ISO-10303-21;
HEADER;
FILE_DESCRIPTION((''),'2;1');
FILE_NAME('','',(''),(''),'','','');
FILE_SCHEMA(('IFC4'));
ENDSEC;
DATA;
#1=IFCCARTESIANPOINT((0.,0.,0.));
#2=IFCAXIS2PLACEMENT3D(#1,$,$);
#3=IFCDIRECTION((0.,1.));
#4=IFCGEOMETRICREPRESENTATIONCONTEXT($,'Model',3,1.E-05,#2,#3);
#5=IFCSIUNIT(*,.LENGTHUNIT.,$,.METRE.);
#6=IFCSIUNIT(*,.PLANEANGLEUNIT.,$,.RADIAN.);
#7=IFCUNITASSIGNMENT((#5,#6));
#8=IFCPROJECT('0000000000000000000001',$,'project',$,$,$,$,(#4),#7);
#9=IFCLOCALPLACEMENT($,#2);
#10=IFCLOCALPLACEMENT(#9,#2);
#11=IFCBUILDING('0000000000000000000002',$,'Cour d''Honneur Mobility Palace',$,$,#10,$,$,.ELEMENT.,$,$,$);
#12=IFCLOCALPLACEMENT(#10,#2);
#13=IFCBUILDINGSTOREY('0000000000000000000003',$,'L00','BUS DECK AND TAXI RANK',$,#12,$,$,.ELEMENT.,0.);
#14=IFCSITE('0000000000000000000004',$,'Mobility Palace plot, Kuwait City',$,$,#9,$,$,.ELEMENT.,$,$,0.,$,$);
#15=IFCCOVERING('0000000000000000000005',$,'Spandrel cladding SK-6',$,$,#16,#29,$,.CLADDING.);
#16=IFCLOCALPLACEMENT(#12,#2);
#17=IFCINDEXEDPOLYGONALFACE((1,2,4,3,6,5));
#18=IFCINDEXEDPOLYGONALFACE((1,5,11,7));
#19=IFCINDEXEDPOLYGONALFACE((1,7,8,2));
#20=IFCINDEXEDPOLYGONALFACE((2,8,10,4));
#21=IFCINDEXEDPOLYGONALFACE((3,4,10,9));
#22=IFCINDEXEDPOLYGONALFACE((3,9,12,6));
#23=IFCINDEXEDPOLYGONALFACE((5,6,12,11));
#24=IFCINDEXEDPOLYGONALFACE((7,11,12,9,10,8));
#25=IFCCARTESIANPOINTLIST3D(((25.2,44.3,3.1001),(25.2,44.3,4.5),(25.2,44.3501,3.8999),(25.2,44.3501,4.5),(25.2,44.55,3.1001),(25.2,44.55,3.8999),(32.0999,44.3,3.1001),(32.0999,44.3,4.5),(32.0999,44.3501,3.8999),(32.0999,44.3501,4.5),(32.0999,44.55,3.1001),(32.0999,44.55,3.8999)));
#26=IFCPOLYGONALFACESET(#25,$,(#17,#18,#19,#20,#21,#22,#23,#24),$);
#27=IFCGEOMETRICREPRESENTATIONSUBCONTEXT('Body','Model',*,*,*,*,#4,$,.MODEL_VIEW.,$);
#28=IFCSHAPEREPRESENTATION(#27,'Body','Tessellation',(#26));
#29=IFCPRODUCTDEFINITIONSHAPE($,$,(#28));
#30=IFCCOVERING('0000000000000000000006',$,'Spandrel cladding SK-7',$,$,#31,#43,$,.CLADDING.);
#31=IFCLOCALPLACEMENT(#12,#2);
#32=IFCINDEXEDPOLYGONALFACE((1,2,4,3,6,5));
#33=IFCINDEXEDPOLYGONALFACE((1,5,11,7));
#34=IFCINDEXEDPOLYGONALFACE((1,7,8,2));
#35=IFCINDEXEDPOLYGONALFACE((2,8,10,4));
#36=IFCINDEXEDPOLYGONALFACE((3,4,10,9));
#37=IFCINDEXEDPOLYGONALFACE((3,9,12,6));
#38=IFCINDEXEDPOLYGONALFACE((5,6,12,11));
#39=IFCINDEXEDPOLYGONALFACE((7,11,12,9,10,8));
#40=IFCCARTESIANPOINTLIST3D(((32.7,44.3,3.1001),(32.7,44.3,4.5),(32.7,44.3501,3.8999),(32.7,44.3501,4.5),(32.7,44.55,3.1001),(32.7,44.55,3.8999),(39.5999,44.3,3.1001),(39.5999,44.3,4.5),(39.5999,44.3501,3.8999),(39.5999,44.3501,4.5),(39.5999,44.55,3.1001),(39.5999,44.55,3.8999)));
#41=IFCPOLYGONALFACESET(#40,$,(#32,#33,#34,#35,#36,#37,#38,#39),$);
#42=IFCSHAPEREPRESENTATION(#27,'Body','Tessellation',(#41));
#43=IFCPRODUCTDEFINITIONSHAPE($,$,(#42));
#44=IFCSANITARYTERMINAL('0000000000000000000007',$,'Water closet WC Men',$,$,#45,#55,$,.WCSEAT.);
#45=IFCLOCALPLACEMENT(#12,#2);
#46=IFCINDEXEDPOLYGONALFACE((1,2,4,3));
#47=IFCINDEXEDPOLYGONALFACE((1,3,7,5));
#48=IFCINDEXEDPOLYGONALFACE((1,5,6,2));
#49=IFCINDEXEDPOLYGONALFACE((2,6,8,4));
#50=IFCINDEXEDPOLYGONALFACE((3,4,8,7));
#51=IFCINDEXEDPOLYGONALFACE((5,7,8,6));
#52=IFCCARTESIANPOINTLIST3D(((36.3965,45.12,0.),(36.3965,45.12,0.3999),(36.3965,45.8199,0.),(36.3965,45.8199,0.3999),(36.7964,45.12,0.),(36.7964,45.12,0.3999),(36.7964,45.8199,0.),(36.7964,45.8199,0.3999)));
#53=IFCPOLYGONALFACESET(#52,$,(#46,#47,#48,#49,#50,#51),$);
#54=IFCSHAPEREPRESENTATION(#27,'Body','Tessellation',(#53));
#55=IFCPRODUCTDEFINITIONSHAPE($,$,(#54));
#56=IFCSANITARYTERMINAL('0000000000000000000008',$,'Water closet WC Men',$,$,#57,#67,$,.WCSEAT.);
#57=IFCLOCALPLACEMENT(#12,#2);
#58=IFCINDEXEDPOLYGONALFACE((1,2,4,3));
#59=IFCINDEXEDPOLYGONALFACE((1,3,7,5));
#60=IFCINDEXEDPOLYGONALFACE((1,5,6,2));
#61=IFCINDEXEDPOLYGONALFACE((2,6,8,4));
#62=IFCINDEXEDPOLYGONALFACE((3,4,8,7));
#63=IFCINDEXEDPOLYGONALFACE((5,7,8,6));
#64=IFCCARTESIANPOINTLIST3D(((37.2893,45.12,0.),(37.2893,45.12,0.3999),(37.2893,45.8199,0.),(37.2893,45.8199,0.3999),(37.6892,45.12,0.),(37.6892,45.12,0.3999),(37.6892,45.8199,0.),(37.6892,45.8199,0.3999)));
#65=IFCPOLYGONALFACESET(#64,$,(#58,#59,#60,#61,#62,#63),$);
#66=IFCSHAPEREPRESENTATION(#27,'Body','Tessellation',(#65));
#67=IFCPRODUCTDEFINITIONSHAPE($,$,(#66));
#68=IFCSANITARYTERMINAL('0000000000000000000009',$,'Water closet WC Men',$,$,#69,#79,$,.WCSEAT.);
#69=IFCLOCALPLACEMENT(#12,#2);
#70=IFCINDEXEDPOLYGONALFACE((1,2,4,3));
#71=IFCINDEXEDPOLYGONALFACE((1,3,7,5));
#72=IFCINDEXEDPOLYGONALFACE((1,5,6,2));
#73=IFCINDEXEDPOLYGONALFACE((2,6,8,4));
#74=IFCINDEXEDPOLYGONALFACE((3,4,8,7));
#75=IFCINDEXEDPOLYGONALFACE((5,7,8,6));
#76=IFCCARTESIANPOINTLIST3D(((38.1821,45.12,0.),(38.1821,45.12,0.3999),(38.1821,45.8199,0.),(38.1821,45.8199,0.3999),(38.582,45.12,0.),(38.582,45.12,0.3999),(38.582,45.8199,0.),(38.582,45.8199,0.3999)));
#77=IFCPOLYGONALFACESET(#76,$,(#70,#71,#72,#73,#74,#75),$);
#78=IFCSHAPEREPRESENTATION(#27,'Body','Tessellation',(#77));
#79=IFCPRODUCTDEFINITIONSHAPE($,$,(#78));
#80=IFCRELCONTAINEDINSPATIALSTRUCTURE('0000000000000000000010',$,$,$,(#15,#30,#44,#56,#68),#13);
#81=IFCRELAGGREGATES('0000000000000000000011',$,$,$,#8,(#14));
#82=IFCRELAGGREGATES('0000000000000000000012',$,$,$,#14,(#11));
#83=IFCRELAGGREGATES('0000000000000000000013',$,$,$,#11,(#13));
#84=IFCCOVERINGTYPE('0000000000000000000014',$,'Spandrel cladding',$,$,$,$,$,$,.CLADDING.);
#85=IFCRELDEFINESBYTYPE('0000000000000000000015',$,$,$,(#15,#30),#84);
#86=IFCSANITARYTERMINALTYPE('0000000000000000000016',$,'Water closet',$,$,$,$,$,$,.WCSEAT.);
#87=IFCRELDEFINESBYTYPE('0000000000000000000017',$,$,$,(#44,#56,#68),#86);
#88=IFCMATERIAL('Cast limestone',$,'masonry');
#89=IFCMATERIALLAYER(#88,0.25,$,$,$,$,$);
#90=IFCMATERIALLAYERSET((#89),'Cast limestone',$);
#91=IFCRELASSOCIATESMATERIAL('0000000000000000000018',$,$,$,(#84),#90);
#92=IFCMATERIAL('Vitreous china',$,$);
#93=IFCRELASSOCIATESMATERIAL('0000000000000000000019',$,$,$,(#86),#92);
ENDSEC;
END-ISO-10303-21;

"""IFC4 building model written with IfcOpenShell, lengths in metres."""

from ifc_helpers import new_model, si_unit, direction, frame, origin, origin_2d, place, context, subcontext, project, spatial, polyline, rectangle, outline, extrude, material, layer, layer_set, type_object, element, save


model = new_model("IFC4")

# Units and contexts
model_context = context("Model", 3, precision=1e-05, world=origin(), true_north=direction((0.0, 1.0)))
body_context = subcontext(model_context, "Body", "Model", "MODEL_VIEW")
ifc_project = project(units=[si_unit("LENGTHUNIT", "METRE"), si_unit("PLANEANGLEUNIT", "RADIAN")], contexts=[model_context])

# Site, building, storey
site_placement = place(None, origin())
site = spatial("IfcSite", under=ifc_project, at=site_placement, Name="Mobility Palace plot, Kuwait City", CompositionType="ELEMENT", RefElevation=0.0)
building_placement = place(site_placement, origin())
building = spatial("IfcBuilding", under=site, at=building_placement, Name="Cour d'Honneur Mobility Palace", CompositionType="ELEMENT")
storey_placement = place(building_placement, origin())
storey = spatial("IfcBuildingStorey", under=building, at=storey_placement, Name="L00", Description="BUS DECK AND TAXI RANK", CompositionType="ELEMENT", Elevation=0.0)

# Coverings
ifc_material_1 = material(Name="Cast limestone", Category="masonry")
ifc_layer_1 = layer(ifc_material_1, 0.25)
ifc_layer_set_1 = layer_set([ifc_layer_1], Name="Cast limestone")
covering_type_1 = type_object("IfcCoveringType", Name="Spandrel cladding", PredefinedType="CLADDING", material=ifc_layer_set_1)
for number, where, z_axis, x_axis, name in (
    (1, (25.2, 44.55, 3.1001), (-1.0, 0.0, 0.0), (0.0, -1.0, 0.0), "Spandrel cladding SK-6"),
    (2, (32.7, 44.55, 3.1001), (-1.0, 0.0, 0.0), (0.0, -1.0, 0.0), "Spandrel cladding SK-7"),
):
    element("IfcCovering", number, at=place(storey_placement, frame(where, z_axis=z_axis, x_axis=x_axis)), inside=storey, type_object=covering_type_1, Name=name, PredefinedType="CLADDING", context=body_context, shape_type="SweptSolid", body=[
        extrude(outline(polyline([(0.0, 0.0), (0.25, 0.0), (0.25, 1.3999), (0.2, 1.3999), (0.2, 0.7998), (0.0, 0.7998), (0.0, 0.0)])), origin(), (0.0, 0.0, -1.0), 6.8999),
    ])

# Sanitary terminals
ifc_material_2 = material(Name="Vitreous china")
sanitary_terminal_type = type_object("IfcSanitaryTerminalType", Name="Water closet", PredefinedType="WCSEAT", material=ifc_material_2)
for number, where, z_axis, x_axis, name in (
    (3, (36.5964, 45.47, 0.0), (0.0, 0.0, 1.0), (1.0, 0.0, 0.0), "Water closet WC Men"),
    (4, (37.4893, 45.47, 0.0), (0.0, 0.0, 1.0), (1.0, 0.0, 0.0), "Water closet WC Men"),
    (5, (38.3821, 45.47, 0.0), (0.0, 0.0, 1.0), (1.0, 0.0, 0.0), "Water closet WC Men"),
):
    element("IfcSanitaryTerminal", number, at=place(storey_placement, frame(where, z_axis=z_axis, x_axis=x_axis)), inside=storey, type_object=sanitary_terminal_type, Name=name, PredefinedType="WCSEAT", context=body_context, shape_type="SweptSolid", body=[
        extrude(rectangle(XDim=0.3999, YDim=0.7, at=origin_2d()), origin(), (0.0, 0.0, 1.0), 0.3999),
    ])

save(model, "model.ifc")
